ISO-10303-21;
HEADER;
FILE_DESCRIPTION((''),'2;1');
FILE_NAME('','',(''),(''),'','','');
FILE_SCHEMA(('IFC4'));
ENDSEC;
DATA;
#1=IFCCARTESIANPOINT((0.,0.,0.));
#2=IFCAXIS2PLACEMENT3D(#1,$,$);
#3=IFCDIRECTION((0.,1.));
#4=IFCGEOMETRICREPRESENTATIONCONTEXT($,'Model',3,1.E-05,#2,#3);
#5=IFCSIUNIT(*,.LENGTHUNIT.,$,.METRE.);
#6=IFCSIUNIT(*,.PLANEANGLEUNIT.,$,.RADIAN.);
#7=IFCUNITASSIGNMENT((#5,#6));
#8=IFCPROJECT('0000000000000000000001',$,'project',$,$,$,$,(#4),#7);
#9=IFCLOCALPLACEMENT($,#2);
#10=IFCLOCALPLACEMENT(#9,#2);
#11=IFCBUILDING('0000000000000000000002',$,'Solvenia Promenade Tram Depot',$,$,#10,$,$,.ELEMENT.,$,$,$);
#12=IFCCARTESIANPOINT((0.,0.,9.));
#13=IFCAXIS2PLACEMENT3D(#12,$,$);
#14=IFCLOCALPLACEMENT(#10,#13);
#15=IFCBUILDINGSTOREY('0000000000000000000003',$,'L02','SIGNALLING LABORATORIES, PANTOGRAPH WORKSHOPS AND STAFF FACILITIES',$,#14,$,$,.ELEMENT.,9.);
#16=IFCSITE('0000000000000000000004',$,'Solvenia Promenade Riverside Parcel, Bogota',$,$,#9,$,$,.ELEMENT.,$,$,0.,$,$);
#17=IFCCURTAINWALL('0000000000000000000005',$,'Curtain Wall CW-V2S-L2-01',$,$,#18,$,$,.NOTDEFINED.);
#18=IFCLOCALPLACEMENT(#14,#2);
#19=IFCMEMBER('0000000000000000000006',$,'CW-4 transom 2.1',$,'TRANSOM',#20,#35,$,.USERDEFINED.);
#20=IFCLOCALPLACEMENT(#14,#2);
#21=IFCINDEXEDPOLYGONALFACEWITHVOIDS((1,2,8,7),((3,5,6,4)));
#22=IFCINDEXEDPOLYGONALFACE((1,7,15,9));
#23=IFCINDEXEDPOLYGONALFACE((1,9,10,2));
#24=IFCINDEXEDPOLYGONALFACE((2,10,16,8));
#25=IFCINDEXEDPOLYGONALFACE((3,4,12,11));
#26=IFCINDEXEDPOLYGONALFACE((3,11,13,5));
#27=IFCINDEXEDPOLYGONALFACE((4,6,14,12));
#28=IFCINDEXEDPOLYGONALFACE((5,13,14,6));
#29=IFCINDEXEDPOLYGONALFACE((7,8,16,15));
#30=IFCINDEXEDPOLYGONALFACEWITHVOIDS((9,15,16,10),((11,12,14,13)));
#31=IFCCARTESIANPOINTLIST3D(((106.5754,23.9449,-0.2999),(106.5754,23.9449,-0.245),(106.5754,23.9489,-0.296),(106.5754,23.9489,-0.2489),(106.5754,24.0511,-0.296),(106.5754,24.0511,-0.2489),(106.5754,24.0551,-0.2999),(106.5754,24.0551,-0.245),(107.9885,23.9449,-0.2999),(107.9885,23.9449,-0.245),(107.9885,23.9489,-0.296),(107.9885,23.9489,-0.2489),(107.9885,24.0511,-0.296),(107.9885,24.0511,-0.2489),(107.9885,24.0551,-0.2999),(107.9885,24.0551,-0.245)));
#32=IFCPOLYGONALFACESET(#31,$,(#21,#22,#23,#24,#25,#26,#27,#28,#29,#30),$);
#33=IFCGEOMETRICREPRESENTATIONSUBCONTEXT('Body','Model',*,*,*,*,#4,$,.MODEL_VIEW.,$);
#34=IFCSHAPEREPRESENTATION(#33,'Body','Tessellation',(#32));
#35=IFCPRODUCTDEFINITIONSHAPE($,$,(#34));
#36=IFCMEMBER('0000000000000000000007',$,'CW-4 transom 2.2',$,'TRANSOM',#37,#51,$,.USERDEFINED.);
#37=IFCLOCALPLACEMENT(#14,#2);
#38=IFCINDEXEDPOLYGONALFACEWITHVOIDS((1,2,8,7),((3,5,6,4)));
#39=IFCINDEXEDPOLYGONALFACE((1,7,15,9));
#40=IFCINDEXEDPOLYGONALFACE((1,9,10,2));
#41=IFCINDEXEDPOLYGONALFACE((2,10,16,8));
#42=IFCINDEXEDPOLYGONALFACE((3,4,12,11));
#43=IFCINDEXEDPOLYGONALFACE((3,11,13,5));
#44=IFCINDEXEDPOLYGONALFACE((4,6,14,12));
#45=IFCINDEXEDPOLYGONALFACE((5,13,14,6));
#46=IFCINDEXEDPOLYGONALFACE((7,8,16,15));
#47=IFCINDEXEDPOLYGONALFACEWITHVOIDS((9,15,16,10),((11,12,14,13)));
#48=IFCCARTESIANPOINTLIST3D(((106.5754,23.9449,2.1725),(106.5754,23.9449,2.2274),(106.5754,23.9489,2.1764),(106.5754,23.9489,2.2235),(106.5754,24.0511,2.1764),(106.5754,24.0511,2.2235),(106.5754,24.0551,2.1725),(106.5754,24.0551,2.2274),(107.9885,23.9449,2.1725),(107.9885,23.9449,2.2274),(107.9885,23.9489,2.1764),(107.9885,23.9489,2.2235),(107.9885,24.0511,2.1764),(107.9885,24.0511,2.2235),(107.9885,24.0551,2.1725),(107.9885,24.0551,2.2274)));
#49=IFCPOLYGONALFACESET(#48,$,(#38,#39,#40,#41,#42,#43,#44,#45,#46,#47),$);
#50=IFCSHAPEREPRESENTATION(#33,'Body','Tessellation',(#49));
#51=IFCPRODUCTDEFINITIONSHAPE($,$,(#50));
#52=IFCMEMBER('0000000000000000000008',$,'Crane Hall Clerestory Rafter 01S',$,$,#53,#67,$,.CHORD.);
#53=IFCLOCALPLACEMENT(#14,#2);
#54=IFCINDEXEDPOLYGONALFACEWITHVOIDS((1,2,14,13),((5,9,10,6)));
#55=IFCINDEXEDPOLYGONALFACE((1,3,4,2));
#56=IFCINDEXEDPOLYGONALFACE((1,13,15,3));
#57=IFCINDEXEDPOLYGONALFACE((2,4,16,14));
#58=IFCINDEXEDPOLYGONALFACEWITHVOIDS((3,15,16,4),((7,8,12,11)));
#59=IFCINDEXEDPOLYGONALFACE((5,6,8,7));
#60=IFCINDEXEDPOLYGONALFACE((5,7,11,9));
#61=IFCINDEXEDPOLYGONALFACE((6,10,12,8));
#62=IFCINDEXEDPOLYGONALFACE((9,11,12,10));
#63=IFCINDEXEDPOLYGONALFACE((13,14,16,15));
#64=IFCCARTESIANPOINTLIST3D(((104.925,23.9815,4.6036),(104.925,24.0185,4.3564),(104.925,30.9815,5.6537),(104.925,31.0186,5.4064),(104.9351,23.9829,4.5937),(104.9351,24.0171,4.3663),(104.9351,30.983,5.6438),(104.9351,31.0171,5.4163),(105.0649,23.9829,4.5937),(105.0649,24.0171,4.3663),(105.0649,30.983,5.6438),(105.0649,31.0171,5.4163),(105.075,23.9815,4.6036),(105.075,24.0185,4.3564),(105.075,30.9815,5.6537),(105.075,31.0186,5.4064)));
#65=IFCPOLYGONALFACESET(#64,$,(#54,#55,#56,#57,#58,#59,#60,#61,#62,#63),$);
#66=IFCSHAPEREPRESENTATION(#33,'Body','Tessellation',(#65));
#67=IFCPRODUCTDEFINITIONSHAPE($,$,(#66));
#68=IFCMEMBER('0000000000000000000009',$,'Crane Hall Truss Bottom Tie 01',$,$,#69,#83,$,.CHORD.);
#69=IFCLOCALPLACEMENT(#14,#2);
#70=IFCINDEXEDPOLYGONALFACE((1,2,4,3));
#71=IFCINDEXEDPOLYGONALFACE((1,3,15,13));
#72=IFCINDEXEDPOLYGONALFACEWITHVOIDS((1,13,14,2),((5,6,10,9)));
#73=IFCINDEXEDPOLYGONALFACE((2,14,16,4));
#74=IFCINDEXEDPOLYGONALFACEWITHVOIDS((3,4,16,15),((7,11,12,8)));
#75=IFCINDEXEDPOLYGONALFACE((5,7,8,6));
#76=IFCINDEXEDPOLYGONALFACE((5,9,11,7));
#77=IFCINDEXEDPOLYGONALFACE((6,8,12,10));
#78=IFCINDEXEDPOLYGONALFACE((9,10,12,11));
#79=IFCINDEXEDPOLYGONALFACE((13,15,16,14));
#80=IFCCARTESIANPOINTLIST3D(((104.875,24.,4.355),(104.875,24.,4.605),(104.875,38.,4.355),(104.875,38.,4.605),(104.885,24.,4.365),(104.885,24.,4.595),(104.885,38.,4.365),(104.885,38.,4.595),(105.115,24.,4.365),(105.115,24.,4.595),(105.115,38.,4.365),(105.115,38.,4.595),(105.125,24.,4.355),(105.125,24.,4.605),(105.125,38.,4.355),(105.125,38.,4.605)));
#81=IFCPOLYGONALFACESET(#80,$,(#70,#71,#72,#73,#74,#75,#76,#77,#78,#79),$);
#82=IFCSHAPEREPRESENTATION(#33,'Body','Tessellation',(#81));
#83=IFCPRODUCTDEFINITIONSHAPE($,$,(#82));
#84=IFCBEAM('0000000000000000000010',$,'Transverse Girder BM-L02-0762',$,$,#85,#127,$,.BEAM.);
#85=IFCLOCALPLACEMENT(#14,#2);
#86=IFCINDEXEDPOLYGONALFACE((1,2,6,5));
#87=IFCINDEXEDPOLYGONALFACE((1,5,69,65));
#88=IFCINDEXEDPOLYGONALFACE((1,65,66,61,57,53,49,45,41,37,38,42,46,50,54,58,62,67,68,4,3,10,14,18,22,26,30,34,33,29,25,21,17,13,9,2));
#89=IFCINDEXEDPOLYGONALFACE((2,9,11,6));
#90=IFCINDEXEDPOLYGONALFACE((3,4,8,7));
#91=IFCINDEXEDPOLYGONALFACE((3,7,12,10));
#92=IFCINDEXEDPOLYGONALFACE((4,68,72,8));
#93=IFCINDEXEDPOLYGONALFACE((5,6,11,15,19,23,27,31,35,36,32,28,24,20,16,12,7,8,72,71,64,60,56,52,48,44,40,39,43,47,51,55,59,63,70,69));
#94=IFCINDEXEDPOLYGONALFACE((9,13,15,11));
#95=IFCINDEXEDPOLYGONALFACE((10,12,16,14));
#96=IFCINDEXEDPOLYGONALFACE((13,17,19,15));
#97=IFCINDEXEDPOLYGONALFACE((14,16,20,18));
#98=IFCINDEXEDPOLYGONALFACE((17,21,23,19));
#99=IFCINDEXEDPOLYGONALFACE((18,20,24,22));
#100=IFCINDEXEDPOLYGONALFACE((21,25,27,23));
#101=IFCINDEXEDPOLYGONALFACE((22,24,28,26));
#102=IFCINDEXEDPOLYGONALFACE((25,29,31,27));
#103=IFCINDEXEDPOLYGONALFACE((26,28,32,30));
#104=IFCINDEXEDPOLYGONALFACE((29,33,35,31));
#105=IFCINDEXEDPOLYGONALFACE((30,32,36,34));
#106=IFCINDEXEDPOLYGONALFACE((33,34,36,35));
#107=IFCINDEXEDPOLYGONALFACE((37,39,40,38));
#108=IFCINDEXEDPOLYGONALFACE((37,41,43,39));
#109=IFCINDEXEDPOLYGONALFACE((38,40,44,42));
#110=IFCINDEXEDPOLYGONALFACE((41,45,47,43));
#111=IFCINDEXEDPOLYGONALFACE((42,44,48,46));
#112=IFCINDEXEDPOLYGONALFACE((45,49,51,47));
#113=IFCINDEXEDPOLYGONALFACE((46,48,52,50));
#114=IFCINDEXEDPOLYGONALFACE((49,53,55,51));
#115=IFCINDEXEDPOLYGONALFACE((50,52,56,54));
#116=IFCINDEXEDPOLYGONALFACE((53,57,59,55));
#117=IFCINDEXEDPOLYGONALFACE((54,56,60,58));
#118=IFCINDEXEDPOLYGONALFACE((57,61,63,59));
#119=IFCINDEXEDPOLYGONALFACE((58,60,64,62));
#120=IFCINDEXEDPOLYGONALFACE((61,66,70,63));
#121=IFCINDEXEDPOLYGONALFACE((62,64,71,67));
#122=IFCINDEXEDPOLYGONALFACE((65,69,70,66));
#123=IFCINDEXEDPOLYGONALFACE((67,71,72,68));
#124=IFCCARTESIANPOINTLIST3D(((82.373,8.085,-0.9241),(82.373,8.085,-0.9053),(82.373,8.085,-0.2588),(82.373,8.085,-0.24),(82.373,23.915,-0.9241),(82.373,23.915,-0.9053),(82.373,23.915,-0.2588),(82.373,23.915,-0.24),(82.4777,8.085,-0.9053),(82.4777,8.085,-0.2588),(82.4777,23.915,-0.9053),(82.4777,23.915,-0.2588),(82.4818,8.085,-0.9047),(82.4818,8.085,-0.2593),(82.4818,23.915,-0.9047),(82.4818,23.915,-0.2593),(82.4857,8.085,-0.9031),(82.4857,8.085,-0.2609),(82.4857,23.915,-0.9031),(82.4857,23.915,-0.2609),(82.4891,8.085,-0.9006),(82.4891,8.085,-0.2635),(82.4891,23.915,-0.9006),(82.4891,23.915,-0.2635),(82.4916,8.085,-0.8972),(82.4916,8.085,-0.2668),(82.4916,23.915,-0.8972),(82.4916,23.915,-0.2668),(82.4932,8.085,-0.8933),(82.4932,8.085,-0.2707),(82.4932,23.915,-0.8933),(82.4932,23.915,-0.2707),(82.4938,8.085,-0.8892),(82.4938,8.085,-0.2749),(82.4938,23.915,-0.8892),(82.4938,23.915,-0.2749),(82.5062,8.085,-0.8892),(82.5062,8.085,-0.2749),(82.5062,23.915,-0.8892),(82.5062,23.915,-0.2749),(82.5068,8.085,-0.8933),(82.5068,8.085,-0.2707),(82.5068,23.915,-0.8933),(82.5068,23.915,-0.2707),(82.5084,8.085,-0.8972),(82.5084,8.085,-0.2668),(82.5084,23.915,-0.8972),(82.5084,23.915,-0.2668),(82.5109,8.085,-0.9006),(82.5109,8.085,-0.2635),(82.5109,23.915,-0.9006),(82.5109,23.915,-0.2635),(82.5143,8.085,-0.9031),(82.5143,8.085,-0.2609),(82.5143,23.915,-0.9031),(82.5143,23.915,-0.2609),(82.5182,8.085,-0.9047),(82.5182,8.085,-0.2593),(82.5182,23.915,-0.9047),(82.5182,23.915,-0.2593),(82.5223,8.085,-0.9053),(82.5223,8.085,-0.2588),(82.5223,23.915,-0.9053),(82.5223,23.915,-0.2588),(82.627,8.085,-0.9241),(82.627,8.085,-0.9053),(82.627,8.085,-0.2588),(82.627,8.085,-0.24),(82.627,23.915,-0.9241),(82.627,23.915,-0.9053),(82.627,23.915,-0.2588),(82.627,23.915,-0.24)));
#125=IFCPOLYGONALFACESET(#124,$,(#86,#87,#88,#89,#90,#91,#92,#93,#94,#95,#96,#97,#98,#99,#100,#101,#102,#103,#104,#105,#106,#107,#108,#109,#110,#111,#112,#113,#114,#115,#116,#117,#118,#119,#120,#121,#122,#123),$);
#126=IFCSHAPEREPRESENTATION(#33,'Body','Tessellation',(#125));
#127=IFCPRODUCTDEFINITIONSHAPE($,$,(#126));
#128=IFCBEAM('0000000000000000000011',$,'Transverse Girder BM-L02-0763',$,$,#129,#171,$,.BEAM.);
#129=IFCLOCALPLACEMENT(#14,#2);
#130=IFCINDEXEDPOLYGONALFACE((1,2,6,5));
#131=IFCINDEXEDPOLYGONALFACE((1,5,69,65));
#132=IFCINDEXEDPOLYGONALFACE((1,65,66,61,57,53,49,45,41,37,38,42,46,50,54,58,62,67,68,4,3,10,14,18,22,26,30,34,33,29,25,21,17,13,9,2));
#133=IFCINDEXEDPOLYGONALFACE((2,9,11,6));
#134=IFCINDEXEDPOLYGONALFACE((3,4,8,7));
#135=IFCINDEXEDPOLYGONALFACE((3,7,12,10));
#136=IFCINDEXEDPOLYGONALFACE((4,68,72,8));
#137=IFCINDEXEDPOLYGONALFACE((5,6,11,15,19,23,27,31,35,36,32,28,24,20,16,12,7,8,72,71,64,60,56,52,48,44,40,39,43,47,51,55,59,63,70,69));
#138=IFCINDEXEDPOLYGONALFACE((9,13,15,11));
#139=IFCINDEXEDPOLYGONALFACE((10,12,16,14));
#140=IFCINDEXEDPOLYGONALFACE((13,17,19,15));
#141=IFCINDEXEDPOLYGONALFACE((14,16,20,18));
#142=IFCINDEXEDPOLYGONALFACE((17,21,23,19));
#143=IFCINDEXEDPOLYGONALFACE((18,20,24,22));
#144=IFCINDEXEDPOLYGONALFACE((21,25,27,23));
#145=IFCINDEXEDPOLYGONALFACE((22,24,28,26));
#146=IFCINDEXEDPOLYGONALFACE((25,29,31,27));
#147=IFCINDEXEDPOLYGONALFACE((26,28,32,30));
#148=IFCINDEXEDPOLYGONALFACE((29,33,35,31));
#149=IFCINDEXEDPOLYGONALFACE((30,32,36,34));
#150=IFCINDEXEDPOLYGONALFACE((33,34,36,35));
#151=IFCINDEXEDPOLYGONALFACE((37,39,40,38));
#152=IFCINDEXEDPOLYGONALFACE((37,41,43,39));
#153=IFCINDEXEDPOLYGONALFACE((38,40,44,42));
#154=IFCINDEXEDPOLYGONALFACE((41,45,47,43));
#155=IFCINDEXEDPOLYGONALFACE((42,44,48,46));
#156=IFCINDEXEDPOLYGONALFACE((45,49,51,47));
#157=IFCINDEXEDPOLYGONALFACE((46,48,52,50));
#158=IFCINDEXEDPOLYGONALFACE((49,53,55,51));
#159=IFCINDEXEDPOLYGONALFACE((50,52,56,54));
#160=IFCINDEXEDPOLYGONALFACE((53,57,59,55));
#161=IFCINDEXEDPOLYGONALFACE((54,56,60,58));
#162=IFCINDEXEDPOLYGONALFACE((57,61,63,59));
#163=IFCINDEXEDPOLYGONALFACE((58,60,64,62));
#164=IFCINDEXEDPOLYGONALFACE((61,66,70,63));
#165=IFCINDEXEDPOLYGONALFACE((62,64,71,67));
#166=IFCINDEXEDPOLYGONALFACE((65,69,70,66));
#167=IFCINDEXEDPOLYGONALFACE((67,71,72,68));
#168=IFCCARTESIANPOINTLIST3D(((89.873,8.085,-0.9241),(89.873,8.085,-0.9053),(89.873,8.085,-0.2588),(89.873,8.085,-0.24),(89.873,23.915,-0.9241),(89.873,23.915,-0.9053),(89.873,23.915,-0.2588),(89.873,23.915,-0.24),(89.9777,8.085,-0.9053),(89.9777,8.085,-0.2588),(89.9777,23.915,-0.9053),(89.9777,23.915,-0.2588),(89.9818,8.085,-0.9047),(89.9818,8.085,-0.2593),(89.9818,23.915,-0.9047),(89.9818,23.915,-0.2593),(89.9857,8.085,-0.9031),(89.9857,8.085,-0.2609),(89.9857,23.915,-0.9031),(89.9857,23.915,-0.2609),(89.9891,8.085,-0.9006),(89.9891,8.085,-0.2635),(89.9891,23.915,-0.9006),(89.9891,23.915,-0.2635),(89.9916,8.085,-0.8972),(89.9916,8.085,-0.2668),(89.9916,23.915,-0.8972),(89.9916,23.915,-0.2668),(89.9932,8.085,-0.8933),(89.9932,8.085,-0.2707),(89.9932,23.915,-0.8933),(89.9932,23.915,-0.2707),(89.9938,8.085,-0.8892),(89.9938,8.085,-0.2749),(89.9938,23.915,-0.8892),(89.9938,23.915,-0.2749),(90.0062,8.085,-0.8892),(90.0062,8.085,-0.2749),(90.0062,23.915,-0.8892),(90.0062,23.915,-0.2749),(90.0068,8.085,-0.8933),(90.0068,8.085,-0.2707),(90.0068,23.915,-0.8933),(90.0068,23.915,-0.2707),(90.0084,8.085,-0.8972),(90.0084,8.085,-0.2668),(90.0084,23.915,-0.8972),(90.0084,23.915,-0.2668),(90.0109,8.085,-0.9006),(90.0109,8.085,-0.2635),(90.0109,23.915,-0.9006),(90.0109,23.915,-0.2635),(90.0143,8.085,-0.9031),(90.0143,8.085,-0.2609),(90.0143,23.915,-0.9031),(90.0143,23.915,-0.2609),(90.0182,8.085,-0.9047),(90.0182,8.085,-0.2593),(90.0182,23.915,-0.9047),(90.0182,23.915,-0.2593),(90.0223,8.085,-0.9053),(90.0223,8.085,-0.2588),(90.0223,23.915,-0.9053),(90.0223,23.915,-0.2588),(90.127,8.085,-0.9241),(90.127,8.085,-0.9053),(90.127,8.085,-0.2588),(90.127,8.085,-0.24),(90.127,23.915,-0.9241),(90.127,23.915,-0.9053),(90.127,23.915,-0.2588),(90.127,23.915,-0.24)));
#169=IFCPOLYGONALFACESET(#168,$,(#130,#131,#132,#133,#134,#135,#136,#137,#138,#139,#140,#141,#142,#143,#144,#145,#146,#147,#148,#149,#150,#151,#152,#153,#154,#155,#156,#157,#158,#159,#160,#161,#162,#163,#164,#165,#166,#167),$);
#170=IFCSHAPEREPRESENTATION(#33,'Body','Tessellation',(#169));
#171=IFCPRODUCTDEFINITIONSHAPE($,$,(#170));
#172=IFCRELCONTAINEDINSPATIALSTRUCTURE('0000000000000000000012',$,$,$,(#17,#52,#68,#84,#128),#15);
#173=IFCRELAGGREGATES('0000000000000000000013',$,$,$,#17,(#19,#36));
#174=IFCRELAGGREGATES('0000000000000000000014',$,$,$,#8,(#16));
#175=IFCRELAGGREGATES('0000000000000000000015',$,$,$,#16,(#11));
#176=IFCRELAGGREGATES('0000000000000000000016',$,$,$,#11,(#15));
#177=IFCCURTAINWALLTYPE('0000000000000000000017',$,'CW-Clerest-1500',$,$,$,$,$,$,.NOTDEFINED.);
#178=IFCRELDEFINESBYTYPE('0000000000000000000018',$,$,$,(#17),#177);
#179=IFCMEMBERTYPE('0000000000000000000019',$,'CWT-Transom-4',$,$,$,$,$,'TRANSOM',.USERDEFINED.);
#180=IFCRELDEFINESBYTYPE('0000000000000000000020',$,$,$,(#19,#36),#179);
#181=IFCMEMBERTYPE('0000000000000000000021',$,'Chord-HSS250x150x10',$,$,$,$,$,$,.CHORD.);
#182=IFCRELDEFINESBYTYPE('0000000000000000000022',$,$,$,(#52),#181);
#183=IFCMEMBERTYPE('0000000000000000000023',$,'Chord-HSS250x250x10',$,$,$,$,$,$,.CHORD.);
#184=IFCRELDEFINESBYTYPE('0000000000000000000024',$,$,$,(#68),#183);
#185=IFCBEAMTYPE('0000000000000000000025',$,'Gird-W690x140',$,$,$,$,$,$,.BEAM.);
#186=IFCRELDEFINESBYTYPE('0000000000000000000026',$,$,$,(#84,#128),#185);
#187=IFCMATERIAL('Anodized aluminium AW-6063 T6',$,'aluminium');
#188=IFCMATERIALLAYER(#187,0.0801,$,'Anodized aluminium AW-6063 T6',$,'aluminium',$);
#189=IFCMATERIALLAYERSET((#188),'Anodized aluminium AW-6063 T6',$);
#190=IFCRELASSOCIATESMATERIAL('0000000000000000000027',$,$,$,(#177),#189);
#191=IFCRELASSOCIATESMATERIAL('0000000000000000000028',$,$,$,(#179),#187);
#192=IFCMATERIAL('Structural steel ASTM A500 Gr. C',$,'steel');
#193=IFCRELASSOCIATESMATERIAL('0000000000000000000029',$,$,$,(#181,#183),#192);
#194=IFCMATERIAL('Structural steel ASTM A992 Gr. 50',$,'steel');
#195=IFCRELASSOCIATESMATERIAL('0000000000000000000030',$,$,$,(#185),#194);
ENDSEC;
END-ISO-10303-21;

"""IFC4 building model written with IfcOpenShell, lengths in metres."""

from ifc_helpers import new_model, si_unit, direction, frame, origin, origin_2d, place, context, subcontext, project, spatial, hollow_rectangle, i_section, extrude, material, layer, layer_set, material_profile, profile_set, type_object, element, aggregate, save


model = new_model("IFC4")

# Units and contexts
model_context = context("Model", 3, precision=1e-05, world=origin(), true_north=direction((0.0, 1.0)))
body_context = subcontext(model_context, "Body", "Model", "MODEL_VIEW")
ifc_project = project(units=[si_unit("LENGTHUNIT", "METRE"), si_unit("PLANEANGLEUNIT", "RADIAN")], contexts=[model_context])

# Site, building, storey
site_placement = place(None, origin())
site = spatial("IfcSite", under=ifc_project, at=site_placement, Name="Solvenia Promenade Riverside Parcel, Bogota", CompositionType="ELEMENT", RefElevation=0.0)
building_placement = place(site_placement, origin())
building = spatial("IfcBuilding", under=site, at=building_placement, Name="Solvenia Promenade Tram Depot", CompositionType="ELEMENT")
storey_placement = place(building_placement, frame((0.0, 0.0, 9.0)))
storey = spatial("IfcBuildingStorey", under=building, at=storey_placement, Name="L02", Description="SIGNALLING LABORATORIES, PANTOGRAPH WORKSHOPS AND STAFF FACILITIES", CompositionType="ELEMENT", Elevation=9.0)

# Shared definitions
ifc_material_1 = material(Name="Structural steel ASTM A992 Gr. 50", Category="steel")

# Curtain wall, members
ifc_material_2 = material(Name="Anodized aluminium AW-6063 T6", Category="aluminium")
ifc_layer_1 = layer(ifc_material_2, 0.0801, Name="Anodized aluminium AW-6063 T6", Category="aluminium")
ifc_layer_set_1 = layer_set([ifc_layer_1], Name="Anodized aluminium AW-6063 T6")
curtain_wall_type = type_object("IfcCurtainWallType", Name="CW-Clerest-1500", PredefinedType="NOTDEFINED", material=ifc_layer_set_1)
curtain_wall_placement = place(storey_placement, origin())
curtain_wall = element("IfcCurtainWall", 1, at=curtain_wall_placement, inside=storey, type_object=curtain_wall_type, Name="Curtain Wall CW-V2S-L2-01", PredefinedType="NOTDEFINED")
ifc_material_profile_1 = material_profile(ifc_material_2, hollow_rectangle(XDim=0.1101, YDim=0.0549, WallThickness=0.0039, at=origin_2d()), Name="ALU-T4", Category="aluminium")
ifc_profile_set_1 = profile_set([ifc_material_profile_1], Name="Anodized aluminium AW-6063 T6")
member_type_1 = type_object("IfcMemberType", Name="CWT-Transom-4", ElementType="TRANSOM", PredefinedType="USERDEFINED", material=ifc_profile_set_1)
member_1_placement = place(storey_placement, frame((106.5754, 24.0, -0.2725), z_axis=(1.0, 0.0, 0.0), x_axis=(0.0, 1.0, 0.0)))
member_1 = element("IfcMember", 2, at=member_1_placement, type_object=member_type_1, Name="CW-4 transom 2.1", ObjectType="TRANSOM", PredefinedType="USERDEFINED", context=body_context, shape_type="SweptSolid", body=[
    extrude(hollow_rectangle(XDim=0.1101, YDim=0.0549, WallThickness=0.0039, at=origin_2d()), origin(), (0.0, 0.0, 1.0), 1.4131),
])
member_2_placement = place(storey_placement, frame((106.5754, 24.0, 2.2), z_axis=(1.0, 0.0, 0.0), x_axis=(0.0, 1.0, 0.0)))
member_2 = element("IfcMember", 3, at=member_2_placement, type_object=member_type_1, Name="CW-4 transom 2.2", ObjectType="TRANSOM", PredefinedType="USERDEFINED", context=body_context, shape_type="SweptSolid", body=[
    extrude(hollow_rectangle(XDim=0.1101, YDim=0.0549, WallThickness=0.0039, at=origin_2d()), origin(), (0.0, 0.0, 1.0), 1.4131),
])

# Members
ifc_material_3 = material(Name="Structural steel ASTM A500 Gr. C", Category="steel")
ifc_material_profile_2 = material_profile(ifc_material_3, hollow_rectangle(XDim=0.1499, YDim=0.25, WallThickness=0.01, at=origin_2d()), Name="HSS250x150x10", Category="steel")
ifc_profile_set_2 = profile_set([ifc_material_profile_2], Name="Structural steel ASTM A500 Gr. C")
member_type_2 = type_object("IfcMemberType", Name="Chord-HSS250x150x10", PredefinedType="CHORD", material=ifc_profile_set_2)
member_3_placement = place(storey_placement, frame((105.0, 24.0, 4.48), z_axis=(0.0, 0.988935, 0.148347), x_axis=(-1.0, 0.0, 0.0)))
element("IfcMember", 4, at=member_3_placement, inside=storey, type_object=member_type_2, Name="Crane Hall Clerestory Rafter 01S", PredefinedType="CHORD", context=body_context, shape_type="SweptSolid", body=[
    extrude(hollow_rectangle(XDim=0.1499, YDim=0.25, WallThickness=0.01, at=origin_2d()), origin(), (0.0, 0.0, 1.0), 7.0784),
])
ifc_material_profile_3 = material_profile(ifc_material_3, hollow_rectangle(XDim=0.25, YDim=0.25, WallThickness=0.01, at=origin_2d()), Name="HSS250x250x10", Category="steel")
ifc_profile_set_3 = profile_set([ifc_material_profile_3], Name="Structural steel ASTM A500 Gr. C")
member_type_3 = type_object("IfcMemberType", Name="Chord-HSS250x250x10", PredefinedType="CHORD", material=ifc_profile_set_3)
member_4_placement = place(storey_placement, frame((105.0, 24.0, 4.48), z_axis=(0.0, 1.0, 0.0), x_axis=(-1.0, 0.0, 0.0)))
element("IfcMember", 5, at=member_4_placement, inside=storey, type_object=member_type_3, Name="Crane Hall Truss Bottom Tie 01", PredefinedType="CHORD", context=body_context, shape_type="SweptSolid", body=[
    extrude(hollow_rectangle(XDim=0.25, YDim=0.25, WallThickness=0.01, at=origin_2d()), origin(), (0.0, 0.0, 1.0), 14.0),
])

# Beams
ifc_material_profile_4 = material_profile(ifc_material_1, i_section(OverallWidth=0.2539, OverallDepth=0.6841, WebThickness=0.0125, FlangeThickness=0.0188, FilletRadius=0.0161, at=origin_2d()), Name="W690x140", Category="steel")
ifc_profile_set_4 = profile_set([ifc_material_profile_4], Name="Structural steel ASTM A992 Gr. 50")
beam_type_1 = type_object("IfcBeamType", Name="Gird-W690x140", PredefinedType="BEAM", material=ifc_profile_set_4)
for number, where, z_axis, x_axis, name in (
    (6, (82.5, 8.085, -0.582), (0.0, 1.0, 0.0), (-1.0, 0.0, 0.0), "Transverse Girder BM-L02-0762"),
    (7, (90.0, 8.085, -0.582), (0.0, 1.0, 0.0), (-1.0, 0.0, 0.0), "Transverse Girder BM-L02-0763"),
):
    element("IfcBeam", number, at=place(storey_placement, frame(where, z_axis=z_axis, x_axis=x_axis)), inside=storey, type_object=beam_type_1, Name=name, PredefinedType="BEAM", context=body_context, shape_type="SweptSolid", body=[
        extrude(i_section(OverallWidth=0.2539, OverallDepth=0.6841, WebThickness=0.0125, FlangeThickness=0.0188, FilletRadius=0.0161, at=origin_2d()), origin(), (0.0, 0.0, 1.0), 15.8301),
    ])

aggregate(curtain_wall, [member_1, member_2])

save(model, "model.ifc")
